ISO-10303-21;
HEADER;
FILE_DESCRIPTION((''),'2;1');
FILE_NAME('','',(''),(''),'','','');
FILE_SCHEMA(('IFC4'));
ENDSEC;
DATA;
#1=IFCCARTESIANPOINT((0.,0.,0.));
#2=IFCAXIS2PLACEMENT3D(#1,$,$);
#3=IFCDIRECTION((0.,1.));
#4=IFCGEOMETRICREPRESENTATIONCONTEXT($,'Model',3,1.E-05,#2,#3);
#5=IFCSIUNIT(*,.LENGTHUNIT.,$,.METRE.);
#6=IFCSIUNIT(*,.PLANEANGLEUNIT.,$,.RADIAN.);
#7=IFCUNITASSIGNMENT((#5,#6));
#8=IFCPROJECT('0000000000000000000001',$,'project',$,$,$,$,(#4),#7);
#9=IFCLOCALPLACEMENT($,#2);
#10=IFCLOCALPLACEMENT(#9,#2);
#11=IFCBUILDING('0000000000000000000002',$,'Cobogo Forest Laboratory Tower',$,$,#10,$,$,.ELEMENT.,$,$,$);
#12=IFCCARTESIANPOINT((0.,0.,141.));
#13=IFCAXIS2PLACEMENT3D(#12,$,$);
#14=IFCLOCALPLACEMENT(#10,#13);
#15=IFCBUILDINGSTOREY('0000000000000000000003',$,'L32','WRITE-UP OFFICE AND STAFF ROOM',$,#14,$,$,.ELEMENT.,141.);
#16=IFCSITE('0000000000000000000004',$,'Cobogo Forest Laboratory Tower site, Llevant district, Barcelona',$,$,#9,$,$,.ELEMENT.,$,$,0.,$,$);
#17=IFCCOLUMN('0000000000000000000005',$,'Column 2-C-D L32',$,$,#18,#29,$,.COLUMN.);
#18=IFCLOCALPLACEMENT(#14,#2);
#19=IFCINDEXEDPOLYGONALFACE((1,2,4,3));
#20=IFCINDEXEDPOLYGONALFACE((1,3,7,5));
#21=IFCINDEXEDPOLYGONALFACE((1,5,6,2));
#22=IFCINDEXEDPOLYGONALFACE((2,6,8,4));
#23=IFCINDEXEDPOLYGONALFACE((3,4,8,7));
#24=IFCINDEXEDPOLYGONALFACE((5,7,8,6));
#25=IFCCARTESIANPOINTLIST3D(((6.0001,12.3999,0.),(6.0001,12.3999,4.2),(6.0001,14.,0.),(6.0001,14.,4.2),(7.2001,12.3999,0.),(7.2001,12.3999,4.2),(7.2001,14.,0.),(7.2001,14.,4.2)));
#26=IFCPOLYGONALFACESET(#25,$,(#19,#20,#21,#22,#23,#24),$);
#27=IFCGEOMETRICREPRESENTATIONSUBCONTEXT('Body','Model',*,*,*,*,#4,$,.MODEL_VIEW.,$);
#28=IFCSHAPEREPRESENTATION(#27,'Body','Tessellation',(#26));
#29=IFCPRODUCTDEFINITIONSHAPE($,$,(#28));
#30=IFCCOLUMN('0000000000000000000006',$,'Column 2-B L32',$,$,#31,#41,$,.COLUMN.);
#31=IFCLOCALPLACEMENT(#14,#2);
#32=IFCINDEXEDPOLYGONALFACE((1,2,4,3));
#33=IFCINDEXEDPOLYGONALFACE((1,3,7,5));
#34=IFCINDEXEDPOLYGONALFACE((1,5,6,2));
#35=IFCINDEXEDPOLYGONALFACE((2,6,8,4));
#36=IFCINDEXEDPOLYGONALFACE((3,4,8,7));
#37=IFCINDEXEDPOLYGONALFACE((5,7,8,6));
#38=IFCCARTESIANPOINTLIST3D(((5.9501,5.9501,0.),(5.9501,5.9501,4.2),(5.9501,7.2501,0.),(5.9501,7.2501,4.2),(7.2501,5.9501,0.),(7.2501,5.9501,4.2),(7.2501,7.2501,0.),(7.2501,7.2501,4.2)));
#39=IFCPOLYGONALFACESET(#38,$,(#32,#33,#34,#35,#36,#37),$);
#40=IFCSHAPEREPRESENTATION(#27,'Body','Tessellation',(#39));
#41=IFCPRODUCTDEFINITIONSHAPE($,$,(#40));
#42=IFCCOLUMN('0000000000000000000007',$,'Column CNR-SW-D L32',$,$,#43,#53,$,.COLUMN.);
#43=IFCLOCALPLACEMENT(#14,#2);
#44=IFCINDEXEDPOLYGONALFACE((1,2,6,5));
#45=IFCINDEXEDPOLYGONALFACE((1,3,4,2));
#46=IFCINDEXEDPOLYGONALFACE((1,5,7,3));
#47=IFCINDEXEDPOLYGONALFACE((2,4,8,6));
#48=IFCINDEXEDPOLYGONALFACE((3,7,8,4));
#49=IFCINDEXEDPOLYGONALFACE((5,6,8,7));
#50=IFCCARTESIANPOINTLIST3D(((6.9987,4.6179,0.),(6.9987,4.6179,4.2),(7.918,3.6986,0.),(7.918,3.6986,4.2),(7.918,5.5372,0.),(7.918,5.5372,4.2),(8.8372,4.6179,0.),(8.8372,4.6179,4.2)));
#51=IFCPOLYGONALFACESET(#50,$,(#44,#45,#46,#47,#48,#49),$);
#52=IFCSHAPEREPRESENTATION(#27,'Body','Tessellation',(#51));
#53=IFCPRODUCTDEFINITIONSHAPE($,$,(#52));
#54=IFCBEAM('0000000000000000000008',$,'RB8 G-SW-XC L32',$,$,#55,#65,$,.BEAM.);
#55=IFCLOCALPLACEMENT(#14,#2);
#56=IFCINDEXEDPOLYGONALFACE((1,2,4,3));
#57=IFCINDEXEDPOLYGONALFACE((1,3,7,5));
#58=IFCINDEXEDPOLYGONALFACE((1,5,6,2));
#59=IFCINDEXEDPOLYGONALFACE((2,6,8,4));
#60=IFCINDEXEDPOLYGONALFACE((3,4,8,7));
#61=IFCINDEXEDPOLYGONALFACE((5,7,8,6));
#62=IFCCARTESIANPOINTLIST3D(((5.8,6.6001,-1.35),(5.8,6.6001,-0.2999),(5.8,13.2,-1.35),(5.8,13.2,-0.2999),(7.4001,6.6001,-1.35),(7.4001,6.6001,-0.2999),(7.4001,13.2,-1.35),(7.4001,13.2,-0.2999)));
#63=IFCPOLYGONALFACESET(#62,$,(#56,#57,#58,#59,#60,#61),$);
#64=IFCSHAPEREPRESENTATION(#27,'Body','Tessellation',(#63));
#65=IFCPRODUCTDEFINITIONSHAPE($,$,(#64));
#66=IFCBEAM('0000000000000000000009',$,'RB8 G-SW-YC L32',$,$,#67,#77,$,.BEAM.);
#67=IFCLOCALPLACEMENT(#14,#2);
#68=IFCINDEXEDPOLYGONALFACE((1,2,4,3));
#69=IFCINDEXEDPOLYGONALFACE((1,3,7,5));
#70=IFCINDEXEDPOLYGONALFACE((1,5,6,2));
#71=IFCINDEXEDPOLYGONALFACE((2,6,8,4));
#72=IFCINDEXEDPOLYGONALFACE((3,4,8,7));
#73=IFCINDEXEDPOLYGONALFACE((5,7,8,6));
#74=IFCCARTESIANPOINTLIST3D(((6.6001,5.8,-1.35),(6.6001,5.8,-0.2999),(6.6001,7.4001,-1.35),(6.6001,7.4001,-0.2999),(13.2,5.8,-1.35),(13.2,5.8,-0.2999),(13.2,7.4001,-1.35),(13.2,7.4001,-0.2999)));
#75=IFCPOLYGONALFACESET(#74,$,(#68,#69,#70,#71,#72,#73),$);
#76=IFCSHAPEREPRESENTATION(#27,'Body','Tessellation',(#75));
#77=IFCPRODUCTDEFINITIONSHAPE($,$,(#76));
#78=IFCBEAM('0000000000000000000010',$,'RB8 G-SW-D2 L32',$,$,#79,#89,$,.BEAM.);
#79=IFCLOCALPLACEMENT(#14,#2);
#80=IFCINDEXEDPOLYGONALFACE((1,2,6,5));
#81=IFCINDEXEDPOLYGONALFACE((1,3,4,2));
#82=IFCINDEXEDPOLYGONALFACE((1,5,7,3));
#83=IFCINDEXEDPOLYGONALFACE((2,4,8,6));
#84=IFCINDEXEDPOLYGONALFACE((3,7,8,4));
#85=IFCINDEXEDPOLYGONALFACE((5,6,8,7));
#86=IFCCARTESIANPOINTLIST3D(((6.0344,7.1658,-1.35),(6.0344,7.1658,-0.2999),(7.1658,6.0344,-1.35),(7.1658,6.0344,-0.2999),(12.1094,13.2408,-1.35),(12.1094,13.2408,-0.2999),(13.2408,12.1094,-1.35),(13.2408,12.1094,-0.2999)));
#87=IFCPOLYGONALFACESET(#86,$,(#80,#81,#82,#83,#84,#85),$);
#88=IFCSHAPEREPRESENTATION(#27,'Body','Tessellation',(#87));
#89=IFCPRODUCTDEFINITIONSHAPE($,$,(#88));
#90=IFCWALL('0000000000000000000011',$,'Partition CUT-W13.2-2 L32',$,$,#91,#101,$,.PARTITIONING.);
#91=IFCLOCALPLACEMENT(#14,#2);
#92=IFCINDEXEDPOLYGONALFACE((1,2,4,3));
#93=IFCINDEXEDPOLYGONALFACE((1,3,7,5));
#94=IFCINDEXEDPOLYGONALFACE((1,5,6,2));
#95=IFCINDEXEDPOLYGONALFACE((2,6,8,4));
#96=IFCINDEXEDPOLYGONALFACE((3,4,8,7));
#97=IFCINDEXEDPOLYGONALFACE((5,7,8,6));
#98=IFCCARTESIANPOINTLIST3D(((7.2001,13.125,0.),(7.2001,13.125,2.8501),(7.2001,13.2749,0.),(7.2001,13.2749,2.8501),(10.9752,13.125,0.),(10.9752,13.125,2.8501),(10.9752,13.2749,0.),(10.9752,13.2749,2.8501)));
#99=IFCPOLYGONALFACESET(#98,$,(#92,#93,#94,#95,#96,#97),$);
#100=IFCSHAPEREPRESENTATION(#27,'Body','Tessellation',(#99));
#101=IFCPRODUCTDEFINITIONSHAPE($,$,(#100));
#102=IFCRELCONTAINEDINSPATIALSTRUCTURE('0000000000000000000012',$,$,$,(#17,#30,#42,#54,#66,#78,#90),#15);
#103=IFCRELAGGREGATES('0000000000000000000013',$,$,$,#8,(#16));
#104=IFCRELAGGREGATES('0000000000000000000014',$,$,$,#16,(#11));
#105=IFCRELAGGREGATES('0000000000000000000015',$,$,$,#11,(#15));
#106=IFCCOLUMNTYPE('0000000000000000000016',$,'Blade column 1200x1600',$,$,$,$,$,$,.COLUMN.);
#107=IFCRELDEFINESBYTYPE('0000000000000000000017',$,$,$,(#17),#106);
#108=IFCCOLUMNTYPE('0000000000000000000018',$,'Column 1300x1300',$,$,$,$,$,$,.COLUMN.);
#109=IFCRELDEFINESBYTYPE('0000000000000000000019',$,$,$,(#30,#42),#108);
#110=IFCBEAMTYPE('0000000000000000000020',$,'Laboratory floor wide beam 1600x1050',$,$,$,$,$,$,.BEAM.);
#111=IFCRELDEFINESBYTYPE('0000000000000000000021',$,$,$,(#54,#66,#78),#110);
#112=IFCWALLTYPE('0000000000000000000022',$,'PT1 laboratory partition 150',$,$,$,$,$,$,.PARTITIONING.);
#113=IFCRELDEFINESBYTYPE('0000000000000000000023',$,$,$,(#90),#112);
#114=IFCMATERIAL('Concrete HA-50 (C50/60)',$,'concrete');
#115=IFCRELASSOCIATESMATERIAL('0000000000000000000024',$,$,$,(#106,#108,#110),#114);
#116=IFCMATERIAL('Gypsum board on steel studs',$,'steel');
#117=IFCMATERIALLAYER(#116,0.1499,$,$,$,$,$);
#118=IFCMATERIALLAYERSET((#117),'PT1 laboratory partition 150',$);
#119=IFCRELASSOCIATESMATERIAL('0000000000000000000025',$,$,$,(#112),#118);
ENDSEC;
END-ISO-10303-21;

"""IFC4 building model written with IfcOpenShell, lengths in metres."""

from ifc_helpers import new_model, si_unit, direction, frame, frame_2d, origin, origin_2d, place, context, subcontext, project, spatial, rectangle, extrude, material, layer, layer_set, material_profile, profile_set, type_object, element, save


model = new_model("IFC4")

# Units and contexts
model_context = context("Model", 3, precision=1e-05, world=origin(), true_north=direction((0.0, 1.0)))
body_context = subcontext(model_context, "Body", "Model", "MODEL_VIEW")
ifc_project = project(units=[si_unit("LENGTHUNIT", "METRE"), si_unit("PLANEANGLEUNIT", "RADIAN")], contexts=[model_context])

# Site, building, storey
site_placement = place(None, origin())
site = spatial("IfcSite", under=ifc_project, at=site_placement, Name="Cobogo Forest Laboratory Tower site, Llevant district, Barcelona", CompositionType="ELEMENT", RefElevation=0.0)
building_placement = place(site_placement, origin())
building = spatial("IfcBuilding", under=site, at=building_placement, Name="Cobogo Forest Laboratory Tower", CompositionType="ELEMENT")
storey_placement = place(building_placement, frame((0.0, 0.0, 141.0)))
storey = spatial("IfcBuildingStorey", under=building, at=storey_placement, Name="L32", Description="WRITE-UP OFFICE AND STAFF ROOM", CompositionType="ELEMENT", Elevation=141.0)

# Columns
ifc_material_1 = material(Name="Concrete HA-50 (C50/60)", Category="concrete")
ifc_material_profile_1 = material_profile(ifc_material_1, rectangle(XDim=1.6001, YDim=1.2, at=origin_2d()), Name="RC 1200x1600")
ifc_profile_set_1 = profile_set([ifc_material_profile_1], Name="Concrete HA-50 (C50/60)")
column_type_1 = type_object("IfcColumnType", Name="Blade column 1200x1600", PredefinedType="COLUMN", material=ifc_profile_set_1)
column_placement = place(storey_placement, frame((6.6001, 13.2, 0.0), z_axis=(0.0, 0.0, 1.0), x_axis=(0.0, 1.0, 0.0)))
element("IfcColumn", 1, at=column_placement, inside=storey, type_object=column_type_1, Name="Column 2-C-D L32", PredefinedType="COLUMN", context=body_context, shape_type="SweptSolid", body=[
    extrude(rectangle(XDim=1.6001, YDim=1.2, at=origin_2d()), origin(), (0.0, 0.0, 1.0), 4.2),
])
ifc_material_profile_2 = material_profile(ifc_material_1, rectangle(XDim=1.3, YDim=1.3, at=origin_2d()), Name="RC 1300x1300")
ifc_profile_set_2 = profile_set([ifc_material_profile_2], Name="Concrete HA-50 (C50/60)")
column_type_2 = type_object("IfcColumnType", Name="Column 1300x1300", PredefinedType="COLUMN", material=ifc_profile_set_2)
for number, where, z_axis, x_axis, name in (
    (2, (6.6001, 6.6001, 0.0), (0.0, 0.0, 1.0), (1.0, 0.0, 0.0), "Column 2-B L32"),
    (3, (7.918, 4.6179, 0.0), (0.0, 0.0, 1.0), (0.707107, 0.707107, 0.0), "Column CNR-SW-D L32"),
):
    element("IfcColumn", number, at=place(storey_placement, frame(where, z_axis=z_axis, x_axis=x_axis)), inside=storey, type_object=column_type_2, Name=name, PredefinedType="COLUMN", context=body_context, shape_type="SweptSolid", body=[
        extrude(rectangle(XDim=1.3, YDim=1.3, at=origin_2d()), origin(), (0.0, 0.0, 1.0), 4.2),
    ])

# Beams
ifc_material_profile_3 = material_profile(ifc_material_1, rectangle(XDim=1.6001, YDim=1.05, at=origin_2d()), Name="RC 1600x1050")
ifc_profile_set_3 = profile_set([ifc_material_profile_3], Name="Concrete HA-50 (C50/60)")
beam_type = type_object("IfcBeamType", Name="Laboratory floor wide beam 1600x1050", PredefinedType="BEAM", material=ifc_profile_set_3)
for number, where, z_axis, x_axis, name in (
    (4, (6.6001, 6.6001, -0.825), (0.0, 1.0, 0.0), (-1.0, 0.0, 0.0), "RB8 G-SW-XC L32"),
    (5, (6.6001, 6.6001, -0.825), (1.0, 0.0, 0.0), (0.0, 1.0, 0.0), "RB8 G-SW-YC L32"),
):
    element("IfcBeam", number, at=place(storey_placement, frame(where, z_axis=z_axis, x_axis=x_axis)), inside=storey, type_object=beam_type, Name=name, PredefinedType="BEAM", context=body_context, shape_type="SweptSolid", body=[
        extrude(rectangle(XDim=1.6001, YDim=1.05, at=origin_2d()), origin(), (0.0, 0.0, 1.0), 6.5999),
    ])
beam_placement = place(storey_placement, frame((6.6001, 6.6001, -0.825), z_axis=(0.707107, 0.707107, 0.0), x_axis=(-0.707107, 0.707107, 0.0)))
element("IfcBeam", 6, at=beam_placement, inside=storey, type_object=beam_type, Name="RB8 G-SW-D2 L32", PredefinedType="BEAM", context=body_context, shape_type="SweptSolid", body=[
    extrude(rectangle(XDim=1.6001, YDim=1.05, at=origin_2d()), origin(), (0.0, 0.0, 1.0), 8.5913),
])

# Wall
ifc_material_2 = material(Name="Gypsum board on steel studs", Category="steel")
ifc_layer_1 = layer(ifc_material_2, 0.1499)
ifc_layer_set_1 = layer_set([ifc_layer_1], Name="PT1 laboratory partition 150")
wall_type_1 = type_object("IfcWallType", Name="PT1 laboratory partition 150", PredefinedType="PARTITIONING", material=ifc_layer_set_1)
wall_1_placement = place(storey_placement, frame((7.2, 13.2, 0.0), z_axis=(0.0, 0.0, 1.0), x_axis=(1.0, 0.0, 0.0)))
element("IfcWall", 7, at=wall_1_placement, inside=storey, type_object=wall_type_1, Name="Partition CUT-W13.2-2 L32", PredefinedType="PARTITIONING", context=body_context, shape_type="SweptSolid", body=[
    extrude(rectangle(XDim=3.7751, YDim=0.1499, at=frame_2d((1.8877, 0.0))), origin(), (0.0, 0.0, 1.0), 2.8501),
])

save(model, "model.ifc")
